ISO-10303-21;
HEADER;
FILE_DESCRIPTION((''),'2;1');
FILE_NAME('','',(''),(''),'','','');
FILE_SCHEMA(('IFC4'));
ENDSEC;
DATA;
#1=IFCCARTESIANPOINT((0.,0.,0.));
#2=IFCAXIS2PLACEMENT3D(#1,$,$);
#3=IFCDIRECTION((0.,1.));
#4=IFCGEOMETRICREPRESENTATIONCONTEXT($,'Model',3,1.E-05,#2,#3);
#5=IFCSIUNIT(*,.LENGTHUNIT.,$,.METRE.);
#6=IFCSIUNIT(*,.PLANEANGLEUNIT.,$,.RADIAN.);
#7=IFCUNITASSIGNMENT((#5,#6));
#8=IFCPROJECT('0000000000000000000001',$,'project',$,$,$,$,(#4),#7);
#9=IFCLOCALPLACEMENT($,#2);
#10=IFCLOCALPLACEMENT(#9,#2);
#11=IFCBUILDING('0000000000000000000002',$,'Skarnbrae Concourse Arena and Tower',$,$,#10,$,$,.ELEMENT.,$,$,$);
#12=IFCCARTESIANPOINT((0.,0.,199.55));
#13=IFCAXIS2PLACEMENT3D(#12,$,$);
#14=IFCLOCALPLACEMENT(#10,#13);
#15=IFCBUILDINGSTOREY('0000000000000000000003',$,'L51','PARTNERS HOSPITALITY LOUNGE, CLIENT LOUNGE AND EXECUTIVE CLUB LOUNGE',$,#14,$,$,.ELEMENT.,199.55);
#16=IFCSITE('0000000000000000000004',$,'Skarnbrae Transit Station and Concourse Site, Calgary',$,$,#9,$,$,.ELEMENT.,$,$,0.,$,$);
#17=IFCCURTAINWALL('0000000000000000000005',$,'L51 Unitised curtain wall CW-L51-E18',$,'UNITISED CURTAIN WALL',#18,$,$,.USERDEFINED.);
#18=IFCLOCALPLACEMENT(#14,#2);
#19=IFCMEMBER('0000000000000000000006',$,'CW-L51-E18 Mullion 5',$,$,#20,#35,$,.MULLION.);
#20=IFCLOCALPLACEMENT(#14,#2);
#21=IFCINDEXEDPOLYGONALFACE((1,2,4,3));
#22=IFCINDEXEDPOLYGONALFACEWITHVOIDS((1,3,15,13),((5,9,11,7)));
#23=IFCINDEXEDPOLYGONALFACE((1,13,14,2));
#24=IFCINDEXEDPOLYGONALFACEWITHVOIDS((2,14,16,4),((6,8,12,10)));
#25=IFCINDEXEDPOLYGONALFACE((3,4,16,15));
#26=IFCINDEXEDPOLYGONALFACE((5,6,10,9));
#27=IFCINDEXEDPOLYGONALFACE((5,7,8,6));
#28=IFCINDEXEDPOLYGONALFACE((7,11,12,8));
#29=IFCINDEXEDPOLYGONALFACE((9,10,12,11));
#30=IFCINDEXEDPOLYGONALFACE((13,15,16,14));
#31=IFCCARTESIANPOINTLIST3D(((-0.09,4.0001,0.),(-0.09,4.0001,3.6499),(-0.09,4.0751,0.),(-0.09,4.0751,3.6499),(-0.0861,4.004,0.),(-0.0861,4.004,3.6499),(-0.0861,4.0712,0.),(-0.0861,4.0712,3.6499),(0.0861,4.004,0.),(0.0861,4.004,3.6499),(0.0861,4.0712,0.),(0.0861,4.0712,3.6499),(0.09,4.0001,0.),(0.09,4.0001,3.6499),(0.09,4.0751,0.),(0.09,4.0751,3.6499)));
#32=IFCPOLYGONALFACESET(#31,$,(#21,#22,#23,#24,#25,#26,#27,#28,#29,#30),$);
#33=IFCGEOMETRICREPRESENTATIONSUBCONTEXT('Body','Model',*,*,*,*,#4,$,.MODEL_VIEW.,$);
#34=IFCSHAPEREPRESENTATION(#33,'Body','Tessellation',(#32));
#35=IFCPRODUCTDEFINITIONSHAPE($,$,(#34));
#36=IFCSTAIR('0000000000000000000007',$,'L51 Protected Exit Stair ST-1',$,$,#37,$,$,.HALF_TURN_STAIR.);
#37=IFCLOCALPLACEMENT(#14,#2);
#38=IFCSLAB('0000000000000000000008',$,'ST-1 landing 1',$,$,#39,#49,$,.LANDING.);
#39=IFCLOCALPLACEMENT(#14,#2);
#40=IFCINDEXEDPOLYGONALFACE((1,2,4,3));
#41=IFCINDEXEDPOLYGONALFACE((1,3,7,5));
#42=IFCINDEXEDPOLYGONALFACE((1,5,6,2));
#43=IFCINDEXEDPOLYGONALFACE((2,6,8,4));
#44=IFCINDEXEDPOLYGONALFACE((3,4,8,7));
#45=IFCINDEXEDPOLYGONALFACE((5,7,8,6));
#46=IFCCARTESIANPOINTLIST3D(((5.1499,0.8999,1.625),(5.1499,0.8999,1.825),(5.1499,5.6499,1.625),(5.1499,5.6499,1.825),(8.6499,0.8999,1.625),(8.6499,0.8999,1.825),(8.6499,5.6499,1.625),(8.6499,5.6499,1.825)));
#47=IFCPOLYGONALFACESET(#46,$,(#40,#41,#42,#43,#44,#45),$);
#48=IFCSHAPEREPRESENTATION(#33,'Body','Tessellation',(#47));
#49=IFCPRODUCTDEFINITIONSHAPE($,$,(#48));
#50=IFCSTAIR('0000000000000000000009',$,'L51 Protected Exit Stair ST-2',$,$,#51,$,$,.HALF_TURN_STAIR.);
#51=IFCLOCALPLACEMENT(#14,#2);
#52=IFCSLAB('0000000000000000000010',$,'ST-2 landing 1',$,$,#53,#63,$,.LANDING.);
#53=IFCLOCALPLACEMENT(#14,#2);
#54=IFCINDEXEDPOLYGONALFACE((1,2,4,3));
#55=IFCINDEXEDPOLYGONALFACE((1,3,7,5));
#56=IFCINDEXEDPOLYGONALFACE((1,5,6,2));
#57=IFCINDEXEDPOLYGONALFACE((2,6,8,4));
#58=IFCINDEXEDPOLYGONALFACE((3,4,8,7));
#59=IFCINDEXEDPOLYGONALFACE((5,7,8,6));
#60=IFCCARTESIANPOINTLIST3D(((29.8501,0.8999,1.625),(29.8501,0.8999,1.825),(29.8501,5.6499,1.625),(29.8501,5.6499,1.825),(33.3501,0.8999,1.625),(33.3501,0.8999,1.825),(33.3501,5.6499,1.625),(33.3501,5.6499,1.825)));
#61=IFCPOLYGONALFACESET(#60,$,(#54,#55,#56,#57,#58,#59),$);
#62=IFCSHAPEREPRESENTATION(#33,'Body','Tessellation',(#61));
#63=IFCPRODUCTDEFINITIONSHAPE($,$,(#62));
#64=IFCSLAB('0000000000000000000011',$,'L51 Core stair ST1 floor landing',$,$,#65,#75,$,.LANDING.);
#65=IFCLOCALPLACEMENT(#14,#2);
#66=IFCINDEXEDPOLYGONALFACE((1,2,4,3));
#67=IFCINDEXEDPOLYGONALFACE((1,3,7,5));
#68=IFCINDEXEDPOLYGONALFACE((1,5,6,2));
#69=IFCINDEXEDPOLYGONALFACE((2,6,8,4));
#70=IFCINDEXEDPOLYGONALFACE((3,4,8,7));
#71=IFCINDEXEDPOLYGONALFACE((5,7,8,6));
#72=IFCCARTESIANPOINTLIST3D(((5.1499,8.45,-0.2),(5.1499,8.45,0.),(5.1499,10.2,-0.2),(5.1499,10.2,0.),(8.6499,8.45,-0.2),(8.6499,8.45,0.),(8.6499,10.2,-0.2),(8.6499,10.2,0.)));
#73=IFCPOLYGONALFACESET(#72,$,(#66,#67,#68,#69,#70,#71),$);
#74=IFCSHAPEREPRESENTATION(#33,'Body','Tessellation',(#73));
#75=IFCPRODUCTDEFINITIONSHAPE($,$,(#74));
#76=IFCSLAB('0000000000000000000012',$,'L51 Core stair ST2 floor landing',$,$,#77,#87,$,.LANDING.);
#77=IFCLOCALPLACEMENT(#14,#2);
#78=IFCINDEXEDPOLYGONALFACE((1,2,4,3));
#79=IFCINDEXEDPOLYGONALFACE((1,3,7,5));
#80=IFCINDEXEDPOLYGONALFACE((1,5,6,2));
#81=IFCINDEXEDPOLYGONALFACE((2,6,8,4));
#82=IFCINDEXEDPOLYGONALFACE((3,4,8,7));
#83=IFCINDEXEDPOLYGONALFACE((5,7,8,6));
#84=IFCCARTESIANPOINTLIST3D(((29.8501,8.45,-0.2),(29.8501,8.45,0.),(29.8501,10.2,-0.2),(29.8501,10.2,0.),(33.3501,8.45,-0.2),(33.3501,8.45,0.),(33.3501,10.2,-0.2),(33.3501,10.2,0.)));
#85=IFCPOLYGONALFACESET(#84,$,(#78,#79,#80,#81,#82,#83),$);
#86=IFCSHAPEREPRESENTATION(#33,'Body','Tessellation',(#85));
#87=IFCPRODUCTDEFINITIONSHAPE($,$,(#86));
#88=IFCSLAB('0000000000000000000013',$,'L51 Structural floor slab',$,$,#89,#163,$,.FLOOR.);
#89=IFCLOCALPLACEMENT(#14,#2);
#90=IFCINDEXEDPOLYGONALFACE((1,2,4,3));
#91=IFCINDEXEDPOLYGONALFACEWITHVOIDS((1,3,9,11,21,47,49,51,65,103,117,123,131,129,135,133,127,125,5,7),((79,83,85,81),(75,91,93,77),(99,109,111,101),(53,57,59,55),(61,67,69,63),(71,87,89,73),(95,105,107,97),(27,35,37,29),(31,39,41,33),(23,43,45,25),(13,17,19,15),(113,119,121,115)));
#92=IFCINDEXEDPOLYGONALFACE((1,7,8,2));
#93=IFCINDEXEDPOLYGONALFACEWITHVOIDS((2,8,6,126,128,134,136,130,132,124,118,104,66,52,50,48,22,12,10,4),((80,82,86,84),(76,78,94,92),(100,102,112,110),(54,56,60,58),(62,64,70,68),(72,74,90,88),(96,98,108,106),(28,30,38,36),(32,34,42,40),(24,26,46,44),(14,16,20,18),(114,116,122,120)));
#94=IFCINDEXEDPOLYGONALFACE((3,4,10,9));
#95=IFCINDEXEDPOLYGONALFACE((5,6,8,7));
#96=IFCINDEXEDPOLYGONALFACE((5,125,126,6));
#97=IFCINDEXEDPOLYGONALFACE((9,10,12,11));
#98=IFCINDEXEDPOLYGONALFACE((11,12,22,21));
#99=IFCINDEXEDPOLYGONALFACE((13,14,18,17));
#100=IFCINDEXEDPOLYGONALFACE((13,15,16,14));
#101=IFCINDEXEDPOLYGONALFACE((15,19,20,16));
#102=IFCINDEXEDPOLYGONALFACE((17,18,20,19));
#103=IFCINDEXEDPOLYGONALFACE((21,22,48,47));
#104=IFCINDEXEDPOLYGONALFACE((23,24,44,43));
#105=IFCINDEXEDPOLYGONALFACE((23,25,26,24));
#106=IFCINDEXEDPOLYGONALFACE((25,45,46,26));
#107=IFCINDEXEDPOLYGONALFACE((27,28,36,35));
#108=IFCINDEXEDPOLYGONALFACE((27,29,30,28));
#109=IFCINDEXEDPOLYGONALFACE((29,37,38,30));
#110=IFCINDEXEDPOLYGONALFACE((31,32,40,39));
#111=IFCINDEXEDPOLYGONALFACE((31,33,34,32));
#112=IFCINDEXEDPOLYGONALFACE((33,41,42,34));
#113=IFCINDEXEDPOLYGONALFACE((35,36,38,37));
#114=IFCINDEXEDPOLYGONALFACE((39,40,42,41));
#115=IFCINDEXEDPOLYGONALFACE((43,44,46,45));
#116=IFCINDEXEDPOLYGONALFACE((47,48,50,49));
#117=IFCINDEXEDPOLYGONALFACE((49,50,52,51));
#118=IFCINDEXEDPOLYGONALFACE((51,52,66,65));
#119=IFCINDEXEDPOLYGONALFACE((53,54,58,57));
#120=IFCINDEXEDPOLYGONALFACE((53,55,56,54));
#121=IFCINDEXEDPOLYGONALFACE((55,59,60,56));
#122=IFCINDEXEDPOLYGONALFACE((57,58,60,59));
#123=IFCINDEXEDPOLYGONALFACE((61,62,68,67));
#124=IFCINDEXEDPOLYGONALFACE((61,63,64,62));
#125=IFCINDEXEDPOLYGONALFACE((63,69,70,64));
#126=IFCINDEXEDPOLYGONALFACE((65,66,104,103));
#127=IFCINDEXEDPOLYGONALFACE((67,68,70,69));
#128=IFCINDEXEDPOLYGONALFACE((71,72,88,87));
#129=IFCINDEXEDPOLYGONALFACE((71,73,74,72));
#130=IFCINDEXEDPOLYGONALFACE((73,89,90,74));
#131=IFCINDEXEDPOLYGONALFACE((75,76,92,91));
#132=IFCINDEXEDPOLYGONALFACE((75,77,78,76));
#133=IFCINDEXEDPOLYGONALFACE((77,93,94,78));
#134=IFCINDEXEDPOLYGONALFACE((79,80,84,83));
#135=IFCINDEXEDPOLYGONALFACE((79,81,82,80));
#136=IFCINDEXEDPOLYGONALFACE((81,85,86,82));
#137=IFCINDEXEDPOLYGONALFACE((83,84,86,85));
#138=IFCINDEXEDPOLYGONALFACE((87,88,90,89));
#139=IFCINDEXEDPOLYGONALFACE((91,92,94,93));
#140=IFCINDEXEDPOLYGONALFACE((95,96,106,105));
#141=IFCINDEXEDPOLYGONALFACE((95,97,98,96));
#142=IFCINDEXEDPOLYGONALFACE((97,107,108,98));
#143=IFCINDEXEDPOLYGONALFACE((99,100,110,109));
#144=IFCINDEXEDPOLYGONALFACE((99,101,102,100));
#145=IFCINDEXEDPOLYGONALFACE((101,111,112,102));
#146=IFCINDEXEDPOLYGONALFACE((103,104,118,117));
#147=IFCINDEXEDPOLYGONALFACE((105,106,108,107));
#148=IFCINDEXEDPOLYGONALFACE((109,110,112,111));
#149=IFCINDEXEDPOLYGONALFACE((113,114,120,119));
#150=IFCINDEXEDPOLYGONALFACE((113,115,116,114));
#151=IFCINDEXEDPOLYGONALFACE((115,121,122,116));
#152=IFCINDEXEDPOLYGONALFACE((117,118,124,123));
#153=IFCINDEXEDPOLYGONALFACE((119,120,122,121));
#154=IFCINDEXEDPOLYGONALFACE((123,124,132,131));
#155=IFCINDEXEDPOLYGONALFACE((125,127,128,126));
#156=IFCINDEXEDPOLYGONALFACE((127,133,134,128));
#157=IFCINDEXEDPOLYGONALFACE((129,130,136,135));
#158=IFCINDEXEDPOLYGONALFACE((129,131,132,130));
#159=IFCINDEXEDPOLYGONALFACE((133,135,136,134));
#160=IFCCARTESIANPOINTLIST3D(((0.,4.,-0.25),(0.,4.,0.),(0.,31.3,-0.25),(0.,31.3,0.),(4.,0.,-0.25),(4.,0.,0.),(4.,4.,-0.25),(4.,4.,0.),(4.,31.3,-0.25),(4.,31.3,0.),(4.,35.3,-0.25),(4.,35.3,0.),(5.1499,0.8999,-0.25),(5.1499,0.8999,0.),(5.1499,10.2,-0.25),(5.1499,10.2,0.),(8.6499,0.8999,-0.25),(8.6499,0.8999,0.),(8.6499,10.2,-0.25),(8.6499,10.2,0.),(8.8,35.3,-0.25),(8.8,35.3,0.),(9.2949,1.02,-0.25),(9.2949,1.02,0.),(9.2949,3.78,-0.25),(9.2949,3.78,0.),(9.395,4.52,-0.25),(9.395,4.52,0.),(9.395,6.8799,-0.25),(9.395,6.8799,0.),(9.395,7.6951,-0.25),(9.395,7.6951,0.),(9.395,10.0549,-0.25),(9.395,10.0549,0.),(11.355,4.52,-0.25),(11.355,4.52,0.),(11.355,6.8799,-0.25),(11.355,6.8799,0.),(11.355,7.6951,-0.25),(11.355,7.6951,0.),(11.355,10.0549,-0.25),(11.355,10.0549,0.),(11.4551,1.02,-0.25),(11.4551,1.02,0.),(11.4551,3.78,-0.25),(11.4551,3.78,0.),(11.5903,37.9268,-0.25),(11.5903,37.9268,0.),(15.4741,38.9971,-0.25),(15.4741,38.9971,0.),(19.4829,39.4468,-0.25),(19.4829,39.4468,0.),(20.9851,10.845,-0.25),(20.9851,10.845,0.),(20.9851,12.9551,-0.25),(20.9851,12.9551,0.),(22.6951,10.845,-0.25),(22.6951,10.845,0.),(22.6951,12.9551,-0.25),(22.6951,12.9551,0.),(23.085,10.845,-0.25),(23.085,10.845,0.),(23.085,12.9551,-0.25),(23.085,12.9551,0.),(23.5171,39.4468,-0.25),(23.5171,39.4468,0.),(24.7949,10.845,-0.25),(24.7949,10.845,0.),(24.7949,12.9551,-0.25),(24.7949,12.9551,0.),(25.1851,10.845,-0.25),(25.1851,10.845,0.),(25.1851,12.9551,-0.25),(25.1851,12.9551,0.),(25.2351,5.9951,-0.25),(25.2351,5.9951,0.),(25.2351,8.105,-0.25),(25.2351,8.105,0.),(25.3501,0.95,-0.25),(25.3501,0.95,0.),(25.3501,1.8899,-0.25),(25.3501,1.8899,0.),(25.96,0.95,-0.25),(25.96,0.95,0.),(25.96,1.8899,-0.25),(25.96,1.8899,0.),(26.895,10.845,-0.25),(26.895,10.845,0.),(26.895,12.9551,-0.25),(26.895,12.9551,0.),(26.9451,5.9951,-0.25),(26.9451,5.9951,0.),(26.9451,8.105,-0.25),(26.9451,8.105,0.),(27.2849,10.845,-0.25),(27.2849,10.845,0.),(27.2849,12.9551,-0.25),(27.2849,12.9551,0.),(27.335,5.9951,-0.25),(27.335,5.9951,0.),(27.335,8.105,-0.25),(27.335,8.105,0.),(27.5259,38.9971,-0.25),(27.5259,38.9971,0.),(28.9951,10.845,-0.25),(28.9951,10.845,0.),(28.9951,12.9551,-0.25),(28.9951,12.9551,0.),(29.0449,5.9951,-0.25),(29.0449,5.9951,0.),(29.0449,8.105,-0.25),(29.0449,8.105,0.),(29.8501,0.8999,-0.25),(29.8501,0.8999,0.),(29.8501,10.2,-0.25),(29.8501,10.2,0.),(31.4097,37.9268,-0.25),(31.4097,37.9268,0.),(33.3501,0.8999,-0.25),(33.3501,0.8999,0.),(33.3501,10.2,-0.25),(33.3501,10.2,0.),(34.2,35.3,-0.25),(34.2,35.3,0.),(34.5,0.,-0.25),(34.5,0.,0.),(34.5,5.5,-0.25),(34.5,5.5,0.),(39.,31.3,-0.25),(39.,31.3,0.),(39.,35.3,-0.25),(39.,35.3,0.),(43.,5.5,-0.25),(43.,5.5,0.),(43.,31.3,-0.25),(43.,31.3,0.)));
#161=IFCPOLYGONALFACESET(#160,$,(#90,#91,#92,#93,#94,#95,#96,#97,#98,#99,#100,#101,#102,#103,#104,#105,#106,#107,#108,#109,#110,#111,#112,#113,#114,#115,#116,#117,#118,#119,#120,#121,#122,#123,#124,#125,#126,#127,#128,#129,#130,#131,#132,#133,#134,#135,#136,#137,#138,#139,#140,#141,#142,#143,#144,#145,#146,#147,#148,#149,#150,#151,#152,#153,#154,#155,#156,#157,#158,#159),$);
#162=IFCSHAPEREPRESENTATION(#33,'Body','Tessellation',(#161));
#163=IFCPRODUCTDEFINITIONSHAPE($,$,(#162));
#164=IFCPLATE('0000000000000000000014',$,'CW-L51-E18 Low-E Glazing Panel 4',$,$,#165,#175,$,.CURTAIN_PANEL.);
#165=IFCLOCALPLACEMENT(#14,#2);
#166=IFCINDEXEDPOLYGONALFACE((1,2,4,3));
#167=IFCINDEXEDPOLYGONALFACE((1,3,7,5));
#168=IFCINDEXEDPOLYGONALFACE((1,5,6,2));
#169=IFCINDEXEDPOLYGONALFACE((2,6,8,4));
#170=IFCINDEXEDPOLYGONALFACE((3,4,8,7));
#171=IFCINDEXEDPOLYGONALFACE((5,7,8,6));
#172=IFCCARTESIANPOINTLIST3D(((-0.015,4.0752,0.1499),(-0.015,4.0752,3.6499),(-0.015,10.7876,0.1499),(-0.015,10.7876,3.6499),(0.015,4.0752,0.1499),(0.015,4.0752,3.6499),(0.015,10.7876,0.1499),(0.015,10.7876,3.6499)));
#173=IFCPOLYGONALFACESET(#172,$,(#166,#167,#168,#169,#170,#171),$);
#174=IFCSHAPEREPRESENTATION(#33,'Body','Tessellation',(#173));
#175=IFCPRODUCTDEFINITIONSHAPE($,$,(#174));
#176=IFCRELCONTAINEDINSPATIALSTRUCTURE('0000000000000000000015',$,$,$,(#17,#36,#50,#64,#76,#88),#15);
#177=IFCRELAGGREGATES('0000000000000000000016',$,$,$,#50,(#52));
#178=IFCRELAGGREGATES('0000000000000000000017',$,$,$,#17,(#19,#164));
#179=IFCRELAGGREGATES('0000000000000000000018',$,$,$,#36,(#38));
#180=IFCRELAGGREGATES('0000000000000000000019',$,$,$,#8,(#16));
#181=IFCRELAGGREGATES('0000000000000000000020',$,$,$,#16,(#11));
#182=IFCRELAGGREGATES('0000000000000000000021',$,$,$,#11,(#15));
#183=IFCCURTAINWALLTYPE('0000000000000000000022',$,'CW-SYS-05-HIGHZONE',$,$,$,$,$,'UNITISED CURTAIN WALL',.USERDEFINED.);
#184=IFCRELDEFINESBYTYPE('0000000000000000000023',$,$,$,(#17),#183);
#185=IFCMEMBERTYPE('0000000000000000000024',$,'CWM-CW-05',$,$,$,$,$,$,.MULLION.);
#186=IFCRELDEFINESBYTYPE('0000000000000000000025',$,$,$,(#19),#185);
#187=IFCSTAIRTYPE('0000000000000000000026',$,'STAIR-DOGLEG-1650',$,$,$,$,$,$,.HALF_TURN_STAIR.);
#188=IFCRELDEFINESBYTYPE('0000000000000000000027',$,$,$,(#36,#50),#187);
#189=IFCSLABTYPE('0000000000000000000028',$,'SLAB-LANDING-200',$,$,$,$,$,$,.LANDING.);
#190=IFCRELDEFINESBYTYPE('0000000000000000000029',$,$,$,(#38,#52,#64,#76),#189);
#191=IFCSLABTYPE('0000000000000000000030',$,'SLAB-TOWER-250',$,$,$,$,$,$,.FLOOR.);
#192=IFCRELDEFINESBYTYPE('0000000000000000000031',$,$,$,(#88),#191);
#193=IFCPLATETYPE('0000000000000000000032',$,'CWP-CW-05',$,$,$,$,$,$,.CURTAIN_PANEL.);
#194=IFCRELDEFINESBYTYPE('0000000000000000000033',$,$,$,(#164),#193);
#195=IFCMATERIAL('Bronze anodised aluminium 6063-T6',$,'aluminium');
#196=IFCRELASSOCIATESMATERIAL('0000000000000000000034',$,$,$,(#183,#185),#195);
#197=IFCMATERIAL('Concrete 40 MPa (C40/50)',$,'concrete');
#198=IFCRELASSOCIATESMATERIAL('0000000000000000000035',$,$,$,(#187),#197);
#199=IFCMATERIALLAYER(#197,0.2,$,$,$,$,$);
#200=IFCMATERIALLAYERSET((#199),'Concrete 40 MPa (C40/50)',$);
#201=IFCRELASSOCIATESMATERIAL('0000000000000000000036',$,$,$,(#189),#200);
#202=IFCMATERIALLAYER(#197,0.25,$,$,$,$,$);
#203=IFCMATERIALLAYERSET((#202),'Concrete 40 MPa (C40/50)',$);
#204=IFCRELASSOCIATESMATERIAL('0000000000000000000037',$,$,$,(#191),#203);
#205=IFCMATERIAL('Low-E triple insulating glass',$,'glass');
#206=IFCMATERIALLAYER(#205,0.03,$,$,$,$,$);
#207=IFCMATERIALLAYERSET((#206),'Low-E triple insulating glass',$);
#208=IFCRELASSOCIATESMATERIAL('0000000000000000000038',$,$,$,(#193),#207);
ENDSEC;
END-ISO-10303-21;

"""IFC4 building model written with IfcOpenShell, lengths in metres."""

from ifc_helpers import new_model, si_unit, direction, frame, origin, origin_2d, place, context, subcontext, project, spatial, polyline, rectangle, hollow_rectangle, outline, extrude, source, transform, mapped, material, layer, layer_set, material_profile, profile_set, type_object, element, aggregate, save


model = new_model("IFC4")

# Units and contexts
model_context = context("Model", 3, precision=1e-05, world=origin(), true_north=direction((0.0, 1.0)))
body_context = subcontext(model_context, "Body", "Model", "MODEL_VIEW")
ifc_project = project(units=[si_unit("LENGTHUNIT", "METRE"), si_unit("PLANEANGLEUNIT", "RADIAN")], contexts=[model_context])

# Site, building, storey
site_placement = place(None, origin())
site = spatial("IfcSite", under=ifc_project, at=site_placement, Name="Skarnbrae Transit Station and Concourse Site, Calgary", CompositionType="ELEMENT", RefElevation=0.0)
building_placement = place(site_placement, origin())
building = spatial("IfcBuilding", under=site, at=building_placement, Name="Skarnbrae Concourse Arena and Tower", CompositionType="ELEMENT")
storey_placement = place(building_placement, frame((0.0, 0.0, 199.55)))
storey = spatial("IfcBuildingStorey", under=building, at=storey_placement, Name="L51", Description="PARTNERS HOSPITALITY LOUNGE, CLIENT LOUNGE AND EXECUTIVE CLUB LOUNGE", CompositionType="ELEMENT", Elevation=199.55)

# Curtain wall, member
ifc_material_1 = material(Name="Bronze anodised aluminium 6063-T6", Category="aluminium")
curtain_wall_type = type_object("IfcCurtainWallType", Name="CW-SYS-05-HIGHZONE", ElementType="UNITISED CURTAIN WALL", PredefinedType="USERDEFINED", material=ifc_material_1)
curtain_wall_placement = place(storey_placement, origin())
curtain_wall = element("IfcCurtainWall", 1, at=curtain_wall_placement, inside=storey, type_object=curtain_wall_type, Name="L51 Unitised curtain wall CW-L51-E18", ObjectType="UNITISED CURTAIN WALL", PredefinedType="USERDEFINED")
ifc_material_profile = material_profile(ifc_material_1, hollow_rectangle(XDim=0.075, YDim=0.1799, WallThickness=0.0039, at=origin_2d()), Name="ALU-MULL-75X180")
ifc_profile_set = profile_set([ifc_material_profile], Name="Bronze anodised aluminium 6063-T6")
member_type = type_object("IfcMemberType", Name="CWM-CW-05", PredefinedType="MULLION", material=ifc_profile_set)
shared_shape_1 = source(origin(), body_context, "Body", "SweptSolid", [
    extrude(hollow_rectangle(XDim=0.075, YDim=0.1799, WallThickness=0.0039, at=origin_2d()), origin(), (0.0, 0.0, 1.0), 3.6499),
])
member_placement = place(storey_placement, frame((0.0, 4.0376, 0.0), z_axis=(0.0, 0.0, 1.0), x_axis=(0.0, -1.0, 0.0)))
member = element("IfcMember", 2, at=member_placement, type_object=member_type, Name="CW-L51-E18 Mullion 5", PredefinedType="MULLION", context=body_context, shape_type="MappedRepresentation", body=[
    mapped(shared_shape_1, transform((0.0, 0.0, 0.0))),
])

# Stairs, slabs
ifc_material_2 = material(Name="Concrete 40 MPa (C40/50)", Category="concrete")
stair_type = type_object("IfcStairType", Name="STAIR-DOGLEG-1650", PredefinedType="HALF_TURN_STAIR", material=ifc_material_2)
stair_1_placement = place(storey_placement, origin())
stair_1 = element("IfcStair", 3, at=stair_1_placement, inside=storey, type_object=stair_type, Name="L51 Protected Exit Stair ST-1", PredefinedType="HALF_TURN_STAIR")
ifc_layer_1 = layer(ifc_material_2, 0.2)
ifc_layer_set_1 = layer_set([ifc_layer_1], Name="Concrete 40 MPa (C40/50)")
slab_type_1 = type_object("IfcSlabType", Name="SLAB-LANDING-200", PredefinedType="LANDING", material=ifc_layer_set_1)
slab_1_placement = place(storey_placement, frame((0.0, 0.0, 1.625)))
slab_1 = element("IfcSlab", 4, at=slab_1_placement, type_object=slab_type_1, Name="ST-1 landing 1", PredefinedType="LANDING", context=body_context, shape_type="SweptSolid", body=[
    extrude(outline(polyline([(5.1499, 5.6499), (5.1499, 0.8999), (8.6499, 0.8999), (8.6499, 5.6499), (5.1499, 5.6499)])), origin(), (0.0, 0.0, 1.0), 0.2),
])
stair_2_placement = place(storey_placement, origin())
stair_2 = element("IfcStair", 5, at=stair_2_placement, inside=storey, type_object=stair_type, Name="L51 Protected Exit Stair ST-2", PredefinedType="HALF_TURN_STAIR")
slab_2_placement = place(storey_placement, frame((0.0, 0.0, 1.625)))
slab_2 = element("IfcSlab", 6, at=slab_2_placement, type_object=slab_type_1, Name="ST-2 landing 1", PredefinedType="LANDING", context=body_context, shape_type="SweptSolid", body=[
    extrude(outline(polyline([(29.8501, 5.6499), (29.8501, 0.8999), (33.3501, 0.8999), (33.3501, 5.6499), (29.8501, 5.6499)])), origin(), (0.0, 0.0, 1.0), 0.2),
])
aggregate(stair_2, [slab_2])

# Slabs
slab_3_placement = place(storey_placement, frame((0.0, 0.0, -0.2)))
element("IfcSlab", 7, at=slab_3_placement, inside=storey, type_object=slab_type_1, Name="L51 Core stair ST1 floor landing", PredefinedType="LANDING", context=body_context, shape_type="SweptSolid", body=[
    extrude(outline(polyline([(5.1499, 10.2), (5.1499, 8.45), (8.6499, 8.45), (8.6499, 10.2), (5.1499, 10.2)])), origin(), (0.0, 0.0, 1.0), 0.2),
])
slab_4_placement = place(storey_placement, frame((0.0, 0.0, -0.2)))
element("IfcSlab", 8, at=slab_4_placement, inside=storey, type_object=slab_type_1, Name="L51 Core stair ST2 floor landing", PredefinedType="LANDING", context=body_context, shape_type="SweptSolid", body=[
    extrude(outline(polyline([(29.8501, 10.2), (29.8501, 8.45), (33.3501, 8.45), (33.3501, 10.2), (29.8501, 10.2)])), origin(), (0.0, 0.0, 1.0), 0.2),
])
ifc_layer_2 = layer(ifc_material_2, 0.25)
ifc_layer_set_2 = layer_set([ifc_layer_2], Name="Concrete 40 MPa (C40/50)")
slab_type_2 = type_object("IfcSlabType", Name="SLAB-TOWER-250", PredefinedType="FLOOR", material=ifc_layer_set_2)
slab_5_placement = place(storey_placement, frame((0.0, 0.0, -0.25)))
element("IfcSlab", 9, at=slab_5_placement, inside=storey, type_object=slab_type_2, Name="L51 Structural floor slab", PredefinedType="FLOOR", context=body_context, shape_type="SweptSolid", body=[
    extrude(outline(polyline([(4.0, 0.0), (34.5, 0.0), (34.5, 5.5), (43.0, 5.5), (43.0, 31.3), (39.0, 31.3), (39.0, 35.3), (34.2, 35.3), (31.4097, 37.9268), (27.5259, 38.9971), (23.5171, 39.4468), (19.4829, 39.4468), (15.4741, 38.9971), (11.5903, 37.9268), (8.8, 35.3), (4.0, 35.3), (4.0, 31.3), (0.0, 31.3), (0.0, 4.0), (4.0, 4.0), (4.0, 0.0)]), holes=[polyline([(9.2949, 1.02), (9.2949, 3.78), (11.4551, 3.78), (11.4551, 1.02), (9.2949, 1.02)]), polyline([(8.6499, 10.2), (8.6499, 0.8999), (5.1499, 0.8999), (5.1499, 10.2), (8.6499, 10.2)]), polyline([(9.395, 6.8799), (11.355, 6.8799), (11.355, 4.52), (9.395, 4.52), (9.395, 6.8799)]), polyline([(9.395, 7.6951), (9.395, 10.0549), (11.355, 10.0549), (11.355, 7.6951), (9.395, 7.6951)]), polyline([(20.9851, 12.9551), (22.6951, 12.9551), (22.6951, 10.845), (20.9851, 10.845), (20.9851, 12.9551)]), polyline([(23.085, 12.9551), (24.7949, 12.9551), (24.7949, 10.845), (23.085, 10.845), (23.085, 12.9551)]), polyline([(25.3501, 0.95), (25.3501, 1.8899), (25.96, 1.8899), (25.96, 0.95), (25.3501, 0.95)]), polyline([(33.3501, 10.2), (33.3501, 0.8999), (29.8501, 0.8999), (29.8501, 10.2), (33.3501, 10.2)]), polyline([(25.2351, 8.105), (26.9451, 8.105), (26.9451, 5.9951), (25.2351, 5.9951), (25.2351, 8.105)]), polyline([(27.335, 5.9951), (27.335, 8.105), (29.0449, 8.105), (29.0449, 5.9951), (27.335, 5.9951)]), polyline([(25.1851, 12.9551), (26.895, 12.9551), (26.895, 10.845), (25.1851, 10.845), (25.1851, 12.9551)]), polyline([(27.2849, 12.9551), (28.9951, 12.9551), (28.9951, 10.845), (27.2849, 10.845), (27.2849, 12.9551)])]), origin(), (0.0, 0.0, 1.0), 0.25),
])

# Plate
ifc_material_3 = material(Name="Low-E triple insulating glass", Category="glass")
ifc_layer_3 = layer(ifc_material_3, 0.03)
ifc_layer_set_3 = layer_set([ifc_layer_3], Name="Low-E triple insulating glass")
plate_type = type_object("IfcPlateType", Name="CWP-CW-05", PredefinedType="CURTAIN_PANEL", material=ifc_layer_set_3)
shared_shape_2 = source(origin(), body_context, "Body", "SweptSolid", [
    extrude(rectangle(XDim=6.7124, YDim=0.03, at=origin_2d()), origin(), (0.0, 0.0, 1.0), 3.5),
])
plate_placement = place(storey_placement, frame((0.0, 7.4314, 0.1499), z_axis=(0.0, 0.0, 1.0), x_axis=(0.0, -1.0, 0.0)))
plate = element("IfcPlate", 10, at=plate_placement, type_object=plate_type, Name="CW-L51-E18 Low-E Glazing Panel 4", PredefinedType="CURTAIN_PANEL", context=body_context, shape_type="MappedRepresentation", body=[
    mapped(shared_shape_2, transform((0.0, 0.0, 0.0))),
])
aggregate(curtain_wall, [member, plate])

aggregate(stair_1, [slab_1])

save(model, "model.ifc")
